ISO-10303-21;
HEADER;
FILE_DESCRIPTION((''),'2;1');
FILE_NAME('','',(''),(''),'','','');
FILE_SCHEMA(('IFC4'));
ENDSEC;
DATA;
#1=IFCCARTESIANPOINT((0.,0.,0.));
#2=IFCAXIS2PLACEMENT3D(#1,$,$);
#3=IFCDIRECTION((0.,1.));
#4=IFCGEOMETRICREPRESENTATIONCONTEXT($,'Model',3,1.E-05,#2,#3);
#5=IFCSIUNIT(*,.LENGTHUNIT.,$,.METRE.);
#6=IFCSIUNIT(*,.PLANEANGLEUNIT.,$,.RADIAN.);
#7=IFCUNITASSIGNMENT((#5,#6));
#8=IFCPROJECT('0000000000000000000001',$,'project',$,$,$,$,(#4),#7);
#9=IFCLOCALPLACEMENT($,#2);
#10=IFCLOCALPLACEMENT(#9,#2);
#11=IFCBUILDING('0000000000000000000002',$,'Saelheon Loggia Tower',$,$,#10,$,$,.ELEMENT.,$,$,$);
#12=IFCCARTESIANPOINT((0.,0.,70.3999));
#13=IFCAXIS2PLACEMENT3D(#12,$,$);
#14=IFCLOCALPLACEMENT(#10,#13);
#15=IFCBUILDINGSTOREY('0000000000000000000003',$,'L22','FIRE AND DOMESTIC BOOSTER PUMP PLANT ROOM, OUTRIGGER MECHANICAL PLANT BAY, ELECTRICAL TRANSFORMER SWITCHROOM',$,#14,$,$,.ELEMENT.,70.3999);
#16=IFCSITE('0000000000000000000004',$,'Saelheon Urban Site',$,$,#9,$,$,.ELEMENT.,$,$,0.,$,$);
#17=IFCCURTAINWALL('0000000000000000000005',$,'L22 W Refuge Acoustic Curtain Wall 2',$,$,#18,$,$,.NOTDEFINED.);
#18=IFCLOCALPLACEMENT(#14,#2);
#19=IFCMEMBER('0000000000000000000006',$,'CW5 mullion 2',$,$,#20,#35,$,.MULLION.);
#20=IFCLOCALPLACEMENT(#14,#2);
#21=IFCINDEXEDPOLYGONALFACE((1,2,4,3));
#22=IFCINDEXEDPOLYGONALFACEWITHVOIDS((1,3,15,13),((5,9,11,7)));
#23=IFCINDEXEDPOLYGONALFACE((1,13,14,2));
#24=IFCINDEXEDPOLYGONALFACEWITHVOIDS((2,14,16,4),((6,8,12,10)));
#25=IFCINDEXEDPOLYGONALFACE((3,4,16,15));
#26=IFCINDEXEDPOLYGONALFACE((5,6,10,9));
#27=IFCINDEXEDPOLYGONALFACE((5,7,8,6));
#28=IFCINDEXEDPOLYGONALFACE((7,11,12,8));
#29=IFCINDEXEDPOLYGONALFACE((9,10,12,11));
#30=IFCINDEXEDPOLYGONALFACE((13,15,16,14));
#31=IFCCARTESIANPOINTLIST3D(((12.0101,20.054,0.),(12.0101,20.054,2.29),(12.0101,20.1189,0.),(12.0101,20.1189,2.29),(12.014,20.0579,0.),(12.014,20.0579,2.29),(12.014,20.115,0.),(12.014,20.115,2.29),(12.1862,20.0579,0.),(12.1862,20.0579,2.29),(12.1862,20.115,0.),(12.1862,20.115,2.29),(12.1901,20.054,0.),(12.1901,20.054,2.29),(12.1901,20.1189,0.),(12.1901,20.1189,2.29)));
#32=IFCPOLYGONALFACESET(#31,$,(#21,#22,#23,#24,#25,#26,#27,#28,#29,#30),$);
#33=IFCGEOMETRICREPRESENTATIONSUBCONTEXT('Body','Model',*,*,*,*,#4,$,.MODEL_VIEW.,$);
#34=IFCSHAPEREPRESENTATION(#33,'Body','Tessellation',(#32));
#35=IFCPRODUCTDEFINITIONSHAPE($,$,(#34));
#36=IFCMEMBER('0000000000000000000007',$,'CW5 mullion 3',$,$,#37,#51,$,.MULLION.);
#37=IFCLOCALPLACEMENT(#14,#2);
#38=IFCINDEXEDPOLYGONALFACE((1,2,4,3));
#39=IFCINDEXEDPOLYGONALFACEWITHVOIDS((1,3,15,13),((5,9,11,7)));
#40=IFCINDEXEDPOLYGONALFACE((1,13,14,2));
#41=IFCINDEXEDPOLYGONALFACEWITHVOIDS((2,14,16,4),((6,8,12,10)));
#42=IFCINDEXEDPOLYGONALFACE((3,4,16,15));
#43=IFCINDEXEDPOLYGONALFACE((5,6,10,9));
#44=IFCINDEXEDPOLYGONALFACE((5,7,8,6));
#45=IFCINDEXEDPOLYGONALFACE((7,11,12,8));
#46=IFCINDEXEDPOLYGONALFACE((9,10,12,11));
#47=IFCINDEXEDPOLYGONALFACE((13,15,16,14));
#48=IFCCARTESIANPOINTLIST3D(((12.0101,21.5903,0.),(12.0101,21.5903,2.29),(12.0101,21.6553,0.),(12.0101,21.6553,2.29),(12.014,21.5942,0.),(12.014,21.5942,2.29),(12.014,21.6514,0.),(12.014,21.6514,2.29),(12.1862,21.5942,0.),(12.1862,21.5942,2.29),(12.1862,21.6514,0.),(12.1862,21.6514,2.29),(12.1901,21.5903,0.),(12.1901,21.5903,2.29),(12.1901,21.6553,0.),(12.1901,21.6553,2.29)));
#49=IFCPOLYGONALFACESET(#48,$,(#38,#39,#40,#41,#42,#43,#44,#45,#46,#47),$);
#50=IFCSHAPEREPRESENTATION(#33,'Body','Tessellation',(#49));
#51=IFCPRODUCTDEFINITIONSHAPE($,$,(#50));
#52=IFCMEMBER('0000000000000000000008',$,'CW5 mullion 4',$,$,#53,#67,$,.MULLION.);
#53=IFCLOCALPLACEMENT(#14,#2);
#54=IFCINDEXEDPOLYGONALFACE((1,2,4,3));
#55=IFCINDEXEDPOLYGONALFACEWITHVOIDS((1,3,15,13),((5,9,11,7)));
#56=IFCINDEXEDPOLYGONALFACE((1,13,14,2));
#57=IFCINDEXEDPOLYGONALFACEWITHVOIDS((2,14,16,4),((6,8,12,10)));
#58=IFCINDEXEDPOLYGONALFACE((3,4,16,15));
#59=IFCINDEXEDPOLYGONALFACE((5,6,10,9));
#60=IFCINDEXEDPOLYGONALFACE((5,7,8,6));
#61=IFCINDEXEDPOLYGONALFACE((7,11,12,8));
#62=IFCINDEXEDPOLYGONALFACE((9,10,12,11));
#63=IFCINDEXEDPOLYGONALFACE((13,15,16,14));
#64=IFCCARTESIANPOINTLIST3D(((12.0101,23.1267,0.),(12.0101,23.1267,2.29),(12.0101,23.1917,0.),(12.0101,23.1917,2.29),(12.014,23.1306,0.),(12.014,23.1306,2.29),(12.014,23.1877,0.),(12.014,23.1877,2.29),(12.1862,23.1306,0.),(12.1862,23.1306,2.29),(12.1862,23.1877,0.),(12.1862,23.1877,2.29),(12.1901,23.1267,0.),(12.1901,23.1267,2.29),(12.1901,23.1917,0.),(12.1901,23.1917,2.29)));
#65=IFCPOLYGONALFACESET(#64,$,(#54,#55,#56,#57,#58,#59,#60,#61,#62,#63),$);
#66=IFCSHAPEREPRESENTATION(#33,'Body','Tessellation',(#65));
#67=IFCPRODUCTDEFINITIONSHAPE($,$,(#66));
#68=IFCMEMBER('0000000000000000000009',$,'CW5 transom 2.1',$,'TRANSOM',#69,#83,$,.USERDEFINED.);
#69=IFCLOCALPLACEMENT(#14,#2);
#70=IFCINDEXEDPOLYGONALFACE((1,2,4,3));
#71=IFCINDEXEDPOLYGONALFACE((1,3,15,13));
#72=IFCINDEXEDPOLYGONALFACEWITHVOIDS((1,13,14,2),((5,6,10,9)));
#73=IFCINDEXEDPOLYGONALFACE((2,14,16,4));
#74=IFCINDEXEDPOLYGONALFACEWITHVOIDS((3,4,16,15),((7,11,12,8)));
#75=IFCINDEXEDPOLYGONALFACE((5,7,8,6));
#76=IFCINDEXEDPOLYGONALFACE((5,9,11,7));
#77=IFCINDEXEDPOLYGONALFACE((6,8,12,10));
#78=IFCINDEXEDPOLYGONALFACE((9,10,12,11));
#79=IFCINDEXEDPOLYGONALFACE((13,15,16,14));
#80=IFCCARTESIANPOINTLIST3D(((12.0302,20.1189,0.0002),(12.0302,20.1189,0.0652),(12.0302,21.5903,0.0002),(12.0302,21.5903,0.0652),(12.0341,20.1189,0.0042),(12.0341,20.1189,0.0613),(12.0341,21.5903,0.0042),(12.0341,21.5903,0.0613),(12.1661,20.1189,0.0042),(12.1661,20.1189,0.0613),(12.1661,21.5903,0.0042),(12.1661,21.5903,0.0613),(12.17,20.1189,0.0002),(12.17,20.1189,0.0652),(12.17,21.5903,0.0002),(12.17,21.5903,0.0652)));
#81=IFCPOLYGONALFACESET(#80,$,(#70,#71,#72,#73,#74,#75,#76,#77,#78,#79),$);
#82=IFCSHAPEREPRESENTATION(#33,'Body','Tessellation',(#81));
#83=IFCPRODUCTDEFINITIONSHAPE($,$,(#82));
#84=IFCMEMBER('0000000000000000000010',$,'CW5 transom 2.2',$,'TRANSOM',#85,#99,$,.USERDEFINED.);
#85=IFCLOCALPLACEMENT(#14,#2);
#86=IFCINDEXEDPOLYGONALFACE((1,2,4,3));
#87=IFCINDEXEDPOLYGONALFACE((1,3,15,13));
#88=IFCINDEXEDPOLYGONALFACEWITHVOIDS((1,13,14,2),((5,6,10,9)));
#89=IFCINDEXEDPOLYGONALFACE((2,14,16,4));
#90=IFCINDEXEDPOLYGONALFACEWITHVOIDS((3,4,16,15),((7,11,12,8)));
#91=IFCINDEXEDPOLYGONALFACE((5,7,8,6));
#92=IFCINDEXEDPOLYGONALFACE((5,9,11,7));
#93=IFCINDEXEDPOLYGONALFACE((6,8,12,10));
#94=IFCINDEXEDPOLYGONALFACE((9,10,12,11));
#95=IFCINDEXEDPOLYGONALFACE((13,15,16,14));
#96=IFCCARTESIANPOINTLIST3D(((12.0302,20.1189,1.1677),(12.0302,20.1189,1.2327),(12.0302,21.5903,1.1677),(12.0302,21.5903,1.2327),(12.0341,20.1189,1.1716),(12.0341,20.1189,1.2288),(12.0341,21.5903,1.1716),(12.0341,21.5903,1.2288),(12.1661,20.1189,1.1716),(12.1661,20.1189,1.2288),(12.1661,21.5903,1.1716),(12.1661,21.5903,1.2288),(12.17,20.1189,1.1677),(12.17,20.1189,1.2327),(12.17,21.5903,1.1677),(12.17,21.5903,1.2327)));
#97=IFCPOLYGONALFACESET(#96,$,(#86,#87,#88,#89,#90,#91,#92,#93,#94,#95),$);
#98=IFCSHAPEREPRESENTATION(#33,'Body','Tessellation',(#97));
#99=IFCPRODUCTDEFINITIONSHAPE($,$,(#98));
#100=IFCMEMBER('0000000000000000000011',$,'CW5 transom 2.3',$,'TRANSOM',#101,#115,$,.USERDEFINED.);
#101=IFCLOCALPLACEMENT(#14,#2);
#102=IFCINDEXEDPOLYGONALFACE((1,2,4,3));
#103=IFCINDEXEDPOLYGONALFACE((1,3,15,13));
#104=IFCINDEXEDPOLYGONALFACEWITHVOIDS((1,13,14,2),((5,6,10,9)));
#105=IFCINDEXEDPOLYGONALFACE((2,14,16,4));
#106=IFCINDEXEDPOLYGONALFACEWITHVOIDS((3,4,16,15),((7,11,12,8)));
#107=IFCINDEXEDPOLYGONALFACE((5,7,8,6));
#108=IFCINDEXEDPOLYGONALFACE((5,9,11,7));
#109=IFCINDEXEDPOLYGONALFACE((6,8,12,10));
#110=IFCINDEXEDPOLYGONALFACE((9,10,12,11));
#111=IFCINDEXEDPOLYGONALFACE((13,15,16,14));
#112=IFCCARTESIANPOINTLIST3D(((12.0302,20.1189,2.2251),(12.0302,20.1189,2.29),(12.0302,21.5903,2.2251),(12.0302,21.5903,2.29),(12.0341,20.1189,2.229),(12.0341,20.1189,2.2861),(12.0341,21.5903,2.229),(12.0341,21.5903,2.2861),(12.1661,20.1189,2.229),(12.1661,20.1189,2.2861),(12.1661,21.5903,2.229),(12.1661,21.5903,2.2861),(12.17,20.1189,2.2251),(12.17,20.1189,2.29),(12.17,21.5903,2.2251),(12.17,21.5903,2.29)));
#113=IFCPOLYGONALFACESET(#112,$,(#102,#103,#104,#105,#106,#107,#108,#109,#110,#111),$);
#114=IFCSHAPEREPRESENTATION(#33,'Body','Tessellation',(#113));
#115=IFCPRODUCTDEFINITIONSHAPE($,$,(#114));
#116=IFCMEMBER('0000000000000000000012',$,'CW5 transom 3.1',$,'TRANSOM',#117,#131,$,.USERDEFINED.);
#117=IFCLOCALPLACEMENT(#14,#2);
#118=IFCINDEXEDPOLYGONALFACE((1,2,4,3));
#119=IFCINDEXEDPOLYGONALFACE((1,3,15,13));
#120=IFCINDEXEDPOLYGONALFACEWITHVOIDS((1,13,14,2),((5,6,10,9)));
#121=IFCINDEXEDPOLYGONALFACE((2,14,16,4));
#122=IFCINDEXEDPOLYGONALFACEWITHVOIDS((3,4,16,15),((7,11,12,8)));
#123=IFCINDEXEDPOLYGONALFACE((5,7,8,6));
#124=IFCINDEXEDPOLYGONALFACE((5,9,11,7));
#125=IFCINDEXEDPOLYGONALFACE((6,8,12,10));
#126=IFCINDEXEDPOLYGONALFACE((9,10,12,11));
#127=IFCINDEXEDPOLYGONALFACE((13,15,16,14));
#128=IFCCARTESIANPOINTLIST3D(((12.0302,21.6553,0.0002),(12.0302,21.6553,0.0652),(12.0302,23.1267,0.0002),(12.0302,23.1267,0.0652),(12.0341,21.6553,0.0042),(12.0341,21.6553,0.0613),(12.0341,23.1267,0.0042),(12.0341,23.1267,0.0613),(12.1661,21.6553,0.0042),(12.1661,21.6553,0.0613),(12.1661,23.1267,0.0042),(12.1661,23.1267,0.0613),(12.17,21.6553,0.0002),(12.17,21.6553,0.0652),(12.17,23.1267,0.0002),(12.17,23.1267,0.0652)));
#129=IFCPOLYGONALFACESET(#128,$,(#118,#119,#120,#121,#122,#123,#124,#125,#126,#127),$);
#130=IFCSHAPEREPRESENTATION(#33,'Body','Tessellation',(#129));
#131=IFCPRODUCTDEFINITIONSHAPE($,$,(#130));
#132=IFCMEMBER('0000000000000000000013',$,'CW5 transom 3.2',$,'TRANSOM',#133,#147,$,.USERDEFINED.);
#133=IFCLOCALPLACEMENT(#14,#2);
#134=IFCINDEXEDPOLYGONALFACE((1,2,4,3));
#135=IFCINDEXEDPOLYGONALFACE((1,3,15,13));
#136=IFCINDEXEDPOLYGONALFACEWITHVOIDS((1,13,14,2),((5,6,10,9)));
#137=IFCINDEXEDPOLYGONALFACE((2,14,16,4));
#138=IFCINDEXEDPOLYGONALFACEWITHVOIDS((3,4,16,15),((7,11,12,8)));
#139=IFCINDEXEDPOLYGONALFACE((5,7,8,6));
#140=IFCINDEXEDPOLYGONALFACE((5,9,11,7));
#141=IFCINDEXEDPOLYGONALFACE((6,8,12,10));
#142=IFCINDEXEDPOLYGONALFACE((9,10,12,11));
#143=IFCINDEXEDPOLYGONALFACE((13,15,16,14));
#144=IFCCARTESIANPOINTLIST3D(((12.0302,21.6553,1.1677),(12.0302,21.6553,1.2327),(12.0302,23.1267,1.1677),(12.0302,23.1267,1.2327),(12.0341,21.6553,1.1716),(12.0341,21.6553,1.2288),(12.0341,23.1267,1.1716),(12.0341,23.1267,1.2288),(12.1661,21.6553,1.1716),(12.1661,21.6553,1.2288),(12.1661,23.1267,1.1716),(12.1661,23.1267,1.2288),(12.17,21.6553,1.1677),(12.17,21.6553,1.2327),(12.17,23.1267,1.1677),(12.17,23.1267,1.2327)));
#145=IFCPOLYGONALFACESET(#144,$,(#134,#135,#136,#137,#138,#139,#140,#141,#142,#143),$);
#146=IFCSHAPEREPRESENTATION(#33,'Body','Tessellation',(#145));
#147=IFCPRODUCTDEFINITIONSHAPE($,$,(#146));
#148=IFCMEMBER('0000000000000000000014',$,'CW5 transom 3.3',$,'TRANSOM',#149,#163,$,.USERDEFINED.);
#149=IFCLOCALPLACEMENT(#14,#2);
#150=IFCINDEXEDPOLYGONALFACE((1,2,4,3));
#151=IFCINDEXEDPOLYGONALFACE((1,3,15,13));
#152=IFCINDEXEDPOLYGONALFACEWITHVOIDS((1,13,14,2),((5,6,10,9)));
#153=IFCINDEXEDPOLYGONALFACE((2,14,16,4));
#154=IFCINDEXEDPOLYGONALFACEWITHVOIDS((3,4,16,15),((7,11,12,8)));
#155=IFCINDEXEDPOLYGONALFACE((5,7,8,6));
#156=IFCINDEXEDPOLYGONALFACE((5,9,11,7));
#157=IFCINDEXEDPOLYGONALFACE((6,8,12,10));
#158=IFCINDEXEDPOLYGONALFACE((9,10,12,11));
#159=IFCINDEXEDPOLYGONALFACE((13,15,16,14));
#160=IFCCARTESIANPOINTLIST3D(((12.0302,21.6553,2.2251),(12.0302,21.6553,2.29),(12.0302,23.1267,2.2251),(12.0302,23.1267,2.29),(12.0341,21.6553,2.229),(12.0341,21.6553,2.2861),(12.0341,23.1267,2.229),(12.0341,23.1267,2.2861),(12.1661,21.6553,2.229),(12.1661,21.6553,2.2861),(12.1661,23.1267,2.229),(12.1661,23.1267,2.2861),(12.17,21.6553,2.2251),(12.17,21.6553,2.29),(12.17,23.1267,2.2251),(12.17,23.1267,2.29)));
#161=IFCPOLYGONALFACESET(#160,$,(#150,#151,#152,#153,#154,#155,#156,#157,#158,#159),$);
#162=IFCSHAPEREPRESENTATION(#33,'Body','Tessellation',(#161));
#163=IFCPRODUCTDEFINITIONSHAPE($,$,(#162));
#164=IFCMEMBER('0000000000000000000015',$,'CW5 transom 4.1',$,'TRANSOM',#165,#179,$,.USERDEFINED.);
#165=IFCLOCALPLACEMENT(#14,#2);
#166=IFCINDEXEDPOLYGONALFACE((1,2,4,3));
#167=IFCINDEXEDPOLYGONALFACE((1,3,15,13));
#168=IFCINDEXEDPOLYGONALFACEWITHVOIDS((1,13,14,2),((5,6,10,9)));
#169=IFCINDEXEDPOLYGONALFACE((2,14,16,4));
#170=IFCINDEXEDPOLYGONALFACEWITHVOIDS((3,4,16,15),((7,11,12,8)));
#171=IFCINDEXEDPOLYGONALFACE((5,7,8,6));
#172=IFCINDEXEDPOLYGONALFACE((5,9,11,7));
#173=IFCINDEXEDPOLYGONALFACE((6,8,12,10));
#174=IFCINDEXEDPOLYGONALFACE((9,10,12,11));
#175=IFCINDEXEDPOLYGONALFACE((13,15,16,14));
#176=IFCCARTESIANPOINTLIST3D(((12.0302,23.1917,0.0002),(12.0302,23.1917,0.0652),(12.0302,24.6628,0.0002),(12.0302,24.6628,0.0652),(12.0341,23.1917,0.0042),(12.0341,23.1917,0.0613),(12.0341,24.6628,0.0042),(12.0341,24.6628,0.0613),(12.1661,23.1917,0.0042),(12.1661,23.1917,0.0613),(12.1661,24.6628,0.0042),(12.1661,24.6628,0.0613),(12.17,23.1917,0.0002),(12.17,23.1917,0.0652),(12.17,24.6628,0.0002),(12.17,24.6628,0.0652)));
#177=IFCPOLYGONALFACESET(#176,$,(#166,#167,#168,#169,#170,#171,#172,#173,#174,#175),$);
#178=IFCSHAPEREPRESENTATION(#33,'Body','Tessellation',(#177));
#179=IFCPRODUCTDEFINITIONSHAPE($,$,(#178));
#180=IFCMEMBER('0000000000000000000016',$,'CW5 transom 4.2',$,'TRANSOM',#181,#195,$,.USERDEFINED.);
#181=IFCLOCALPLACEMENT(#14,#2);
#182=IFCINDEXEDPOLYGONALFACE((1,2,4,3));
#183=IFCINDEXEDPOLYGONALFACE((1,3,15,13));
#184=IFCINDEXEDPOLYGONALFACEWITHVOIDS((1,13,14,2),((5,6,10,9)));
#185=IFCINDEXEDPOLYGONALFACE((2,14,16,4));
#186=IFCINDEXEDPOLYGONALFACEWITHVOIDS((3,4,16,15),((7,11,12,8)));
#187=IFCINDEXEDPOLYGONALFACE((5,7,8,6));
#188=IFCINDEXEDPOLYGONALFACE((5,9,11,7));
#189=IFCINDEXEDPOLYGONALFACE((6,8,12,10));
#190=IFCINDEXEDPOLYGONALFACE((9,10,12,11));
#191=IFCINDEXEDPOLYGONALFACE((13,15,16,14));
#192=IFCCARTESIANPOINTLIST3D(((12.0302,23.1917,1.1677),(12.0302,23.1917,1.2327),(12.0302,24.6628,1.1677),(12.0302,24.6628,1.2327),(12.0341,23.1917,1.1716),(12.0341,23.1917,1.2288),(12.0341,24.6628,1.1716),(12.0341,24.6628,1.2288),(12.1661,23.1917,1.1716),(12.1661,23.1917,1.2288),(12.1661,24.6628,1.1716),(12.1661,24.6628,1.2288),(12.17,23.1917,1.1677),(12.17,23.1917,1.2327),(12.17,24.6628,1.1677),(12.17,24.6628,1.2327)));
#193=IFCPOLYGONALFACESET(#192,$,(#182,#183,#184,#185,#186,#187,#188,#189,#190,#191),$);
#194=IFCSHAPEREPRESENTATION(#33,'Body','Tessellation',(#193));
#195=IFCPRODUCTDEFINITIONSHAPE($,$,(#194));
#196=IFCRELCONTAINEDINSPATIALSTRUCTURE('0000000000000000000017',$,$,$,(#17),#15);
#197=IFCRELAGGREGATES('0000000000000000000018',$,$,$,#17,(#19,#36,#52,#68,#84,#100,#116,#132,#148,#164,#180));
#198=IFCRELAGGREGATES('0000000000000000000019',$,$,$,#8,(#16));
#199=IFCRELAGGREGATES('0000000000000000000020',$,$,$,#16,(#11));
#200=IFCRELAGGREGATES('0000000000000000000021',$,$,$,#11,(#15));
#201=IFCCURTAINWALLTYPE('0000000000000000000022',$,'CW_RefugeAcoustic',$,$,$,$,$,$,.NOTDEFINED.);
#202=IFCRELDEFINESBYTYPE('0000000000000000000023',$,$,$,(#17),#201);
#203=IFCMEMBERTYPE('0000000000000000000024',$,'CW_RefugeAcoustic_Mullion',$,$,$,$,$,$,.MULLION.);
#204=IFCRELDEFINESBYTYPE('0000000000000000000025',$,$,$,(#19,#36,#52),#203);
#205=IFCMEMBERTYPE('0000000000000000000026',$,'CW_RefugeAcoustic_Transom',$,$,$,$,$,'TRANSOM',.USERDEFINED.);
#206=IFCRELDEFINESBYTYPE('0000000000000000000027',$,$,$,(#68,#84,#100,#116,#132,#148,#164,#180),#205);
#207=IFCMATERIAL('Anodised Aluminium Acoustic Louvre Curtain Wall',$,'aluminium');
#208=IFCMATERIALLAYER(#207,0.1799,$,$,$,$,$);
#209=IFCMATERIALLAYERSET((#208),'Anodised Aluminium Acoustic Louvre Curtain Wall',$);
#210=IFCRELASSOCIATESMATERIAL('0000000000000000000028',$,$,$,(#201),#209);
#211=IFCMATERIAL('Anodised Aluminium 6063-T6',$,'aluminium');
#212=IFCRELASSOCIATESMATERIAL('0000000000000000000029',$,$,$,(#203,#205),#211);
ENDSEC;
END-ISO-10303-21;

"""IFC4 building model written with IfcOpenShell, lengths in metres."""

from ifc_helpers import new_model, si_unit, direction, frame, origin, origin_2d, place, context, subcontext, project, spatial, hollow_rectangle, extrude, source, transform, mapped, material, layer, layer_set, material_profile, profile_set, type_object, element, aggregate, save


model = new_model("IFC4")

# Units and contexts
model_context = context("Model", 3, precision=1e-05, world=origin(), true_north=direction((0.0, 1.0)))
body_context = subcontext(model_context, "Body", "Model", "MODEL_VIEW")
ifc_project = project(units=[si_unit("LENGTHUNIT", "METRE"), si_unit("PLANEANGLEUNIT", "RADIAN")], contexts=[model_context])

# Site, building, storey
site_placement = place(None, origin())
site = spatial("IfcSite", under=ifc_project, at=site_placement, Name="Saelheon Urban Site", CompositionType="ELEMENT", RefElevation=0.0)
building_placement = place(site_placement, origin())
building = spatial("IfcBuilding", under=site, at=building_placement, Name="Saelheon Loggia Tower", CompositionType="ELEMENT")
storey_placement = place(building_placement, frame((0.0, 0.0, 70.3999)))
storey = spatial("IfcBuildingStorey", under=building, at=storey_placement, Name="L22", Description="FIRE AND DOMESTIC BOOSTER PUMP PLANT ROOM, OUTRIGGER MECHANICAL PLANT BAY, ELECTRICAL TRANSFORMER SWITCHROOM", CompositionType="ELEMENT", Elevation=70.3999)

# Curtain wall, members
ifc_material_1 = material(Name="Anodised Aluminium Acoustic Louvre Curtain Wall", Category="aluminium")
ifc_layer_1 = layer(ifc_material_1, 0.1799)
ifc_layer_set_1 = layer_set([ifc_layer_1], Name="Anodised Aluminium Acoustic Louvre Curtain Wall")
curtain_wall_type = type_object("IfcCurtainWallType", Name="CW_RefugeAcoustic", PredefinedType="NOTDEFINED", material=ifc_layer_set_1)
curtain_wall_placement = place(storey_placement, origin())
curtain_wall = element("IfcCurtainWall", 1, at=curtain_wall_placement, inside=storey, type_object=curtain_wall_type, Name="L22 W Refuge Acoustic Curtain Wall 2", PredefinedType="NOTDEFINED")
ifc_material_2 = material(Name="Anodised Aluminium 6063-T6", Category="aluminium")
ifc_material_profile_1 = material_profile(ifc_material_2, hollow_rectangle(XDim=0.0649, YDim=0.1799, WallThickness=0.0039, at=origin_2d()), Name="RHS-180x65x4")
ifc_profile_set_1 = profile_set([ifc_material_profile_1], Name="Anodised Aluminium 6063-T6")
member_type_1 = type_object("IfcMemberType", Name="CW_RefugeAcoustic_Mullion", PredefinedType="MULLION", material=ifc_profile_set_1)
shared_shape_1 = source(origin(), body_context, "Body", "SweptSolid", [
    extrude(hollow_rectangle(XDim=0.0649, YDim=0.1799, WallThickness=0.0039, at=origin_2d()), origin(), (0.0, 0.0, 1.0), 2.29),
])
member_1_placement = place(storey_placement, frame((12.1001, 20.0864, 0.0), z_axis=(0.0, 0.0, 1.0), x_axis=(0.0, 1.0, 0.0)))
member_1 = element("IfcMember", 2, at=member_1_placement, type_object=member_type_1, Name="CW5 mullion 2", PredefinedType="MULLION", context=body_context, shape_type="MappedRepresentation", body=[
    mapped(shared_shape_1, transform((0.0, 0.0, 0.0), scale=1.0)),
])
member_2_placement = place(storey_placement, frame((12.1001, 21.6228, 0.0), z_axis=(0.0, 0.0, 1.0), x_axis=(0.0, 1.0, 0.0)))
member_2 = element("IfcMember", 3, at=member_2_placement, type_object=member_type_1, Name="CW5 mullion 3", PredefinedType="MULLION", context=body_context, shape_type="MappedRepresentation", body=[
    mapped(shared_shape_1, transform((0.0, 0.0, 0.0), scale=1.0)),
])
member_3_placement = place(storey_placement, frame((12.1001, 23.1592, 0.0), z_axis=(0.0, 0.0, 1.0), x_axis=(0.0, 1.0, 0.0)))
member_3 = element("IfcMember", 4, at=member_3_placement, type_object=member_type_1, Name="CW5 mullion 4", PredefinedType="MULLION", context=body_context, shape_type="MappedRepresentation", body=[
    mapped(shared_shape_1, transform((0.0, 0.0, 0.0), scale=1.0)),
])
ifc_material_profile_2 = material_profile(ifc_material_2, hollow_rectangle(XDim=0.0649, YDim=0.1399, WallThickness=0.0039, at=origin_2d()), Name="RHS-140x65x4")
ifc_profile_set_2 = profile_set([ifc_material_profile_2], Name="Anodised Aluminium 6063-T6")
member_type_2 = type_object("IfcMemberType", Name="CW_RefugeAcoustic_Transom", ElementType="TRANSOM", PredefinedType="USERDEFINED", material=ifc_profile_set_2)
shared_shape_2 = source(origin(), body_context, "Body", "SweptSolid", [
    extrude(hollow_rectangle(XDim=0.0649, YDim=0.1399, WallThickness=0.0039, at=origin_2d()), origin(), (0.0, 0.0, 1.0), 1.4714),
])
member_4_placement = place(storey_placement, frame((12.1001, 20.1189, 0.0327), z_axis=(0.0, 1.0, 0.0), x_axis=(0.0, 0.0, 1.0)))
member_4 = element("IfcMember", 5, at=member_4_placement, type_object=member_type_2, Name="CW5 transom 2.1", ObjectType="TRANSOM", PredefinedType="USERDEFINED", context=body_context, shape_type="MappedRepresentation", body=[
    mapped(shared_shape_2, transform((0.0, 0.0, 0.0), scale=1.0)),
])
member_5_placement = place(storey_placement, frame((12.1001, 20.1189, 1.2002), z_axis=(0.0, 1.0, 0.0), x_axis=(0.0, 0.0, 1.0)))
member_5 = element("IfcMember", 6, at=member_5_placement, type_object=member_type_2, Name="CW5 transom 2.2", ObjectType="TRANSOM", PredefinedType="USERDEFINED", context=body_context, shape_type="MappedRepresentation", body=[
    mapped(shared_shape_2, transform((0.0, 0.0, 0.0), scale=1.0)),
])
member_6_placement = place(storey_placement, frame((12.1001, 20.1189, 2.2576), z_axis=(0.0, 1.0, 0.0), x_axis=(0.0, 0.0, 1.0)))
member_6 = element("IfcMember", 7, at=member_6_placement, type_object=member_type_2, Name="CW5 transom 2.3", ObjectType="TRANSOM", PredefinedType="USERDEFINED", context=body_context, shape_type="MappedRepresentation", body=[
    mapped(shared_shape_2, transform((0.0, 0.0, 0.0), scale=1.0)),
])
member_7_placement = place(storey_placement, frame((12.1001, 21.6553, 0.0327), z_axis=(0.0, 1.0, 0.0), x_axis=(0.0, 0.0, 1.0)))
member_7 = element("IfcMember", 8, at=member_7_placement, type_object=member_type_2, Name="CW5 transom 3.1", ObjectType="TRANSOM", PredefinedType="USERDEFINED", context=body_context, shape_type="MappedRepresentation", body=[
    mapped(shared_shape_2, transform((0.0, 0.0, 0.0), scale=1.0)),
])
member_8_placement = place(storey_placement, frame((12.1001, 21.6553, 1.2002), z_axis=(0.0, 1.0, 0.0), x_axis=(0.0, 0.0, 1.0)))
member_8 = element("IfcMember", 9, at=member_8_placement, type_object=member_type_2, Name="CW5 transom 3.2", ObjectType="TRANSOM", PredefinedType="USERDEFINED", context=body_context, shape_type="MappedRepresentation", body=[
    mapped(shared_shape_2, transform((0.0, 0.0, 0.0), scale=1.0)),
])
member_9_placement = place(storey_placement, frame((12.1001, 21.6553, 2.2576), z_axis=(0.0, 1.0, 0.0), x_axis=(0.0, 0.0, 1.0)))
member_9 = element("IfcMember", 10, at=member_9_placement, type_object=member_type_2, Name="CW5 transom 3.3", ObjectType="TRANSOM", PredefinedType="USERDEFINED", context=body_context, shape_type="MappedRepresentation", body=[
    mapped(shared_shape_2, transform((0.0, 0.0, 0.0), scale=1.0)),
])
shared_shape_3 = source(origin(), body_context, "Body", "SweptSolid", [
    extrude(hollow_rectangle(XDim=0.0649, YDim=0.1399, WallThickness=0.0039, at=origin_2d()), origin(), (0.0, 0.0, 1.0), 1.4712),
])
member_10_placement = place(storey_placement, frame((12.1001, 23.1917, 0.0327), z_axis=(0.0, 1.0, 0.0), x_axis=(0.0, 0.0, 1.0)))
member_10 = element("IfcMember", 11, at=member_10_placement, type_object=member_type_2, Name="CW5 transom 4.1", ObjectType="TRANSOM", PredefinedType="USERDEFINED", context=body_context, shape_type="MappedRepresentation", body=[
    mapped(shared_shape_3, transform((0.0, 0.0, 0.0), scale=1.0)),
])
member_11_placement = place(storey_placement, frame((12.1001, 23.1917, 1.2002), z_axis=(0.0, 1.0, 0.0), x_axis=(0.0, 0.0, 1.0)))
member_11 = element("IfcMember", 12, at=member_11_placement, type_object=member_type_2, Name="CW5 transom 4.2", ObjectType="TRANSOM", PredefinedType="USERDEFINED", context=body_context, shape_type="MappedRepresentation", body=[
    mapped(shared_shape_3, transform((0.0, 0.0, 0.0), scale=1.0)),
])

aggregate(curtain_wall, [member_1, member_2, member_3, member_4, member_5, member_6, member_7, member_8, member_9, member_10, member_11])

save(model, "model.ifc")
